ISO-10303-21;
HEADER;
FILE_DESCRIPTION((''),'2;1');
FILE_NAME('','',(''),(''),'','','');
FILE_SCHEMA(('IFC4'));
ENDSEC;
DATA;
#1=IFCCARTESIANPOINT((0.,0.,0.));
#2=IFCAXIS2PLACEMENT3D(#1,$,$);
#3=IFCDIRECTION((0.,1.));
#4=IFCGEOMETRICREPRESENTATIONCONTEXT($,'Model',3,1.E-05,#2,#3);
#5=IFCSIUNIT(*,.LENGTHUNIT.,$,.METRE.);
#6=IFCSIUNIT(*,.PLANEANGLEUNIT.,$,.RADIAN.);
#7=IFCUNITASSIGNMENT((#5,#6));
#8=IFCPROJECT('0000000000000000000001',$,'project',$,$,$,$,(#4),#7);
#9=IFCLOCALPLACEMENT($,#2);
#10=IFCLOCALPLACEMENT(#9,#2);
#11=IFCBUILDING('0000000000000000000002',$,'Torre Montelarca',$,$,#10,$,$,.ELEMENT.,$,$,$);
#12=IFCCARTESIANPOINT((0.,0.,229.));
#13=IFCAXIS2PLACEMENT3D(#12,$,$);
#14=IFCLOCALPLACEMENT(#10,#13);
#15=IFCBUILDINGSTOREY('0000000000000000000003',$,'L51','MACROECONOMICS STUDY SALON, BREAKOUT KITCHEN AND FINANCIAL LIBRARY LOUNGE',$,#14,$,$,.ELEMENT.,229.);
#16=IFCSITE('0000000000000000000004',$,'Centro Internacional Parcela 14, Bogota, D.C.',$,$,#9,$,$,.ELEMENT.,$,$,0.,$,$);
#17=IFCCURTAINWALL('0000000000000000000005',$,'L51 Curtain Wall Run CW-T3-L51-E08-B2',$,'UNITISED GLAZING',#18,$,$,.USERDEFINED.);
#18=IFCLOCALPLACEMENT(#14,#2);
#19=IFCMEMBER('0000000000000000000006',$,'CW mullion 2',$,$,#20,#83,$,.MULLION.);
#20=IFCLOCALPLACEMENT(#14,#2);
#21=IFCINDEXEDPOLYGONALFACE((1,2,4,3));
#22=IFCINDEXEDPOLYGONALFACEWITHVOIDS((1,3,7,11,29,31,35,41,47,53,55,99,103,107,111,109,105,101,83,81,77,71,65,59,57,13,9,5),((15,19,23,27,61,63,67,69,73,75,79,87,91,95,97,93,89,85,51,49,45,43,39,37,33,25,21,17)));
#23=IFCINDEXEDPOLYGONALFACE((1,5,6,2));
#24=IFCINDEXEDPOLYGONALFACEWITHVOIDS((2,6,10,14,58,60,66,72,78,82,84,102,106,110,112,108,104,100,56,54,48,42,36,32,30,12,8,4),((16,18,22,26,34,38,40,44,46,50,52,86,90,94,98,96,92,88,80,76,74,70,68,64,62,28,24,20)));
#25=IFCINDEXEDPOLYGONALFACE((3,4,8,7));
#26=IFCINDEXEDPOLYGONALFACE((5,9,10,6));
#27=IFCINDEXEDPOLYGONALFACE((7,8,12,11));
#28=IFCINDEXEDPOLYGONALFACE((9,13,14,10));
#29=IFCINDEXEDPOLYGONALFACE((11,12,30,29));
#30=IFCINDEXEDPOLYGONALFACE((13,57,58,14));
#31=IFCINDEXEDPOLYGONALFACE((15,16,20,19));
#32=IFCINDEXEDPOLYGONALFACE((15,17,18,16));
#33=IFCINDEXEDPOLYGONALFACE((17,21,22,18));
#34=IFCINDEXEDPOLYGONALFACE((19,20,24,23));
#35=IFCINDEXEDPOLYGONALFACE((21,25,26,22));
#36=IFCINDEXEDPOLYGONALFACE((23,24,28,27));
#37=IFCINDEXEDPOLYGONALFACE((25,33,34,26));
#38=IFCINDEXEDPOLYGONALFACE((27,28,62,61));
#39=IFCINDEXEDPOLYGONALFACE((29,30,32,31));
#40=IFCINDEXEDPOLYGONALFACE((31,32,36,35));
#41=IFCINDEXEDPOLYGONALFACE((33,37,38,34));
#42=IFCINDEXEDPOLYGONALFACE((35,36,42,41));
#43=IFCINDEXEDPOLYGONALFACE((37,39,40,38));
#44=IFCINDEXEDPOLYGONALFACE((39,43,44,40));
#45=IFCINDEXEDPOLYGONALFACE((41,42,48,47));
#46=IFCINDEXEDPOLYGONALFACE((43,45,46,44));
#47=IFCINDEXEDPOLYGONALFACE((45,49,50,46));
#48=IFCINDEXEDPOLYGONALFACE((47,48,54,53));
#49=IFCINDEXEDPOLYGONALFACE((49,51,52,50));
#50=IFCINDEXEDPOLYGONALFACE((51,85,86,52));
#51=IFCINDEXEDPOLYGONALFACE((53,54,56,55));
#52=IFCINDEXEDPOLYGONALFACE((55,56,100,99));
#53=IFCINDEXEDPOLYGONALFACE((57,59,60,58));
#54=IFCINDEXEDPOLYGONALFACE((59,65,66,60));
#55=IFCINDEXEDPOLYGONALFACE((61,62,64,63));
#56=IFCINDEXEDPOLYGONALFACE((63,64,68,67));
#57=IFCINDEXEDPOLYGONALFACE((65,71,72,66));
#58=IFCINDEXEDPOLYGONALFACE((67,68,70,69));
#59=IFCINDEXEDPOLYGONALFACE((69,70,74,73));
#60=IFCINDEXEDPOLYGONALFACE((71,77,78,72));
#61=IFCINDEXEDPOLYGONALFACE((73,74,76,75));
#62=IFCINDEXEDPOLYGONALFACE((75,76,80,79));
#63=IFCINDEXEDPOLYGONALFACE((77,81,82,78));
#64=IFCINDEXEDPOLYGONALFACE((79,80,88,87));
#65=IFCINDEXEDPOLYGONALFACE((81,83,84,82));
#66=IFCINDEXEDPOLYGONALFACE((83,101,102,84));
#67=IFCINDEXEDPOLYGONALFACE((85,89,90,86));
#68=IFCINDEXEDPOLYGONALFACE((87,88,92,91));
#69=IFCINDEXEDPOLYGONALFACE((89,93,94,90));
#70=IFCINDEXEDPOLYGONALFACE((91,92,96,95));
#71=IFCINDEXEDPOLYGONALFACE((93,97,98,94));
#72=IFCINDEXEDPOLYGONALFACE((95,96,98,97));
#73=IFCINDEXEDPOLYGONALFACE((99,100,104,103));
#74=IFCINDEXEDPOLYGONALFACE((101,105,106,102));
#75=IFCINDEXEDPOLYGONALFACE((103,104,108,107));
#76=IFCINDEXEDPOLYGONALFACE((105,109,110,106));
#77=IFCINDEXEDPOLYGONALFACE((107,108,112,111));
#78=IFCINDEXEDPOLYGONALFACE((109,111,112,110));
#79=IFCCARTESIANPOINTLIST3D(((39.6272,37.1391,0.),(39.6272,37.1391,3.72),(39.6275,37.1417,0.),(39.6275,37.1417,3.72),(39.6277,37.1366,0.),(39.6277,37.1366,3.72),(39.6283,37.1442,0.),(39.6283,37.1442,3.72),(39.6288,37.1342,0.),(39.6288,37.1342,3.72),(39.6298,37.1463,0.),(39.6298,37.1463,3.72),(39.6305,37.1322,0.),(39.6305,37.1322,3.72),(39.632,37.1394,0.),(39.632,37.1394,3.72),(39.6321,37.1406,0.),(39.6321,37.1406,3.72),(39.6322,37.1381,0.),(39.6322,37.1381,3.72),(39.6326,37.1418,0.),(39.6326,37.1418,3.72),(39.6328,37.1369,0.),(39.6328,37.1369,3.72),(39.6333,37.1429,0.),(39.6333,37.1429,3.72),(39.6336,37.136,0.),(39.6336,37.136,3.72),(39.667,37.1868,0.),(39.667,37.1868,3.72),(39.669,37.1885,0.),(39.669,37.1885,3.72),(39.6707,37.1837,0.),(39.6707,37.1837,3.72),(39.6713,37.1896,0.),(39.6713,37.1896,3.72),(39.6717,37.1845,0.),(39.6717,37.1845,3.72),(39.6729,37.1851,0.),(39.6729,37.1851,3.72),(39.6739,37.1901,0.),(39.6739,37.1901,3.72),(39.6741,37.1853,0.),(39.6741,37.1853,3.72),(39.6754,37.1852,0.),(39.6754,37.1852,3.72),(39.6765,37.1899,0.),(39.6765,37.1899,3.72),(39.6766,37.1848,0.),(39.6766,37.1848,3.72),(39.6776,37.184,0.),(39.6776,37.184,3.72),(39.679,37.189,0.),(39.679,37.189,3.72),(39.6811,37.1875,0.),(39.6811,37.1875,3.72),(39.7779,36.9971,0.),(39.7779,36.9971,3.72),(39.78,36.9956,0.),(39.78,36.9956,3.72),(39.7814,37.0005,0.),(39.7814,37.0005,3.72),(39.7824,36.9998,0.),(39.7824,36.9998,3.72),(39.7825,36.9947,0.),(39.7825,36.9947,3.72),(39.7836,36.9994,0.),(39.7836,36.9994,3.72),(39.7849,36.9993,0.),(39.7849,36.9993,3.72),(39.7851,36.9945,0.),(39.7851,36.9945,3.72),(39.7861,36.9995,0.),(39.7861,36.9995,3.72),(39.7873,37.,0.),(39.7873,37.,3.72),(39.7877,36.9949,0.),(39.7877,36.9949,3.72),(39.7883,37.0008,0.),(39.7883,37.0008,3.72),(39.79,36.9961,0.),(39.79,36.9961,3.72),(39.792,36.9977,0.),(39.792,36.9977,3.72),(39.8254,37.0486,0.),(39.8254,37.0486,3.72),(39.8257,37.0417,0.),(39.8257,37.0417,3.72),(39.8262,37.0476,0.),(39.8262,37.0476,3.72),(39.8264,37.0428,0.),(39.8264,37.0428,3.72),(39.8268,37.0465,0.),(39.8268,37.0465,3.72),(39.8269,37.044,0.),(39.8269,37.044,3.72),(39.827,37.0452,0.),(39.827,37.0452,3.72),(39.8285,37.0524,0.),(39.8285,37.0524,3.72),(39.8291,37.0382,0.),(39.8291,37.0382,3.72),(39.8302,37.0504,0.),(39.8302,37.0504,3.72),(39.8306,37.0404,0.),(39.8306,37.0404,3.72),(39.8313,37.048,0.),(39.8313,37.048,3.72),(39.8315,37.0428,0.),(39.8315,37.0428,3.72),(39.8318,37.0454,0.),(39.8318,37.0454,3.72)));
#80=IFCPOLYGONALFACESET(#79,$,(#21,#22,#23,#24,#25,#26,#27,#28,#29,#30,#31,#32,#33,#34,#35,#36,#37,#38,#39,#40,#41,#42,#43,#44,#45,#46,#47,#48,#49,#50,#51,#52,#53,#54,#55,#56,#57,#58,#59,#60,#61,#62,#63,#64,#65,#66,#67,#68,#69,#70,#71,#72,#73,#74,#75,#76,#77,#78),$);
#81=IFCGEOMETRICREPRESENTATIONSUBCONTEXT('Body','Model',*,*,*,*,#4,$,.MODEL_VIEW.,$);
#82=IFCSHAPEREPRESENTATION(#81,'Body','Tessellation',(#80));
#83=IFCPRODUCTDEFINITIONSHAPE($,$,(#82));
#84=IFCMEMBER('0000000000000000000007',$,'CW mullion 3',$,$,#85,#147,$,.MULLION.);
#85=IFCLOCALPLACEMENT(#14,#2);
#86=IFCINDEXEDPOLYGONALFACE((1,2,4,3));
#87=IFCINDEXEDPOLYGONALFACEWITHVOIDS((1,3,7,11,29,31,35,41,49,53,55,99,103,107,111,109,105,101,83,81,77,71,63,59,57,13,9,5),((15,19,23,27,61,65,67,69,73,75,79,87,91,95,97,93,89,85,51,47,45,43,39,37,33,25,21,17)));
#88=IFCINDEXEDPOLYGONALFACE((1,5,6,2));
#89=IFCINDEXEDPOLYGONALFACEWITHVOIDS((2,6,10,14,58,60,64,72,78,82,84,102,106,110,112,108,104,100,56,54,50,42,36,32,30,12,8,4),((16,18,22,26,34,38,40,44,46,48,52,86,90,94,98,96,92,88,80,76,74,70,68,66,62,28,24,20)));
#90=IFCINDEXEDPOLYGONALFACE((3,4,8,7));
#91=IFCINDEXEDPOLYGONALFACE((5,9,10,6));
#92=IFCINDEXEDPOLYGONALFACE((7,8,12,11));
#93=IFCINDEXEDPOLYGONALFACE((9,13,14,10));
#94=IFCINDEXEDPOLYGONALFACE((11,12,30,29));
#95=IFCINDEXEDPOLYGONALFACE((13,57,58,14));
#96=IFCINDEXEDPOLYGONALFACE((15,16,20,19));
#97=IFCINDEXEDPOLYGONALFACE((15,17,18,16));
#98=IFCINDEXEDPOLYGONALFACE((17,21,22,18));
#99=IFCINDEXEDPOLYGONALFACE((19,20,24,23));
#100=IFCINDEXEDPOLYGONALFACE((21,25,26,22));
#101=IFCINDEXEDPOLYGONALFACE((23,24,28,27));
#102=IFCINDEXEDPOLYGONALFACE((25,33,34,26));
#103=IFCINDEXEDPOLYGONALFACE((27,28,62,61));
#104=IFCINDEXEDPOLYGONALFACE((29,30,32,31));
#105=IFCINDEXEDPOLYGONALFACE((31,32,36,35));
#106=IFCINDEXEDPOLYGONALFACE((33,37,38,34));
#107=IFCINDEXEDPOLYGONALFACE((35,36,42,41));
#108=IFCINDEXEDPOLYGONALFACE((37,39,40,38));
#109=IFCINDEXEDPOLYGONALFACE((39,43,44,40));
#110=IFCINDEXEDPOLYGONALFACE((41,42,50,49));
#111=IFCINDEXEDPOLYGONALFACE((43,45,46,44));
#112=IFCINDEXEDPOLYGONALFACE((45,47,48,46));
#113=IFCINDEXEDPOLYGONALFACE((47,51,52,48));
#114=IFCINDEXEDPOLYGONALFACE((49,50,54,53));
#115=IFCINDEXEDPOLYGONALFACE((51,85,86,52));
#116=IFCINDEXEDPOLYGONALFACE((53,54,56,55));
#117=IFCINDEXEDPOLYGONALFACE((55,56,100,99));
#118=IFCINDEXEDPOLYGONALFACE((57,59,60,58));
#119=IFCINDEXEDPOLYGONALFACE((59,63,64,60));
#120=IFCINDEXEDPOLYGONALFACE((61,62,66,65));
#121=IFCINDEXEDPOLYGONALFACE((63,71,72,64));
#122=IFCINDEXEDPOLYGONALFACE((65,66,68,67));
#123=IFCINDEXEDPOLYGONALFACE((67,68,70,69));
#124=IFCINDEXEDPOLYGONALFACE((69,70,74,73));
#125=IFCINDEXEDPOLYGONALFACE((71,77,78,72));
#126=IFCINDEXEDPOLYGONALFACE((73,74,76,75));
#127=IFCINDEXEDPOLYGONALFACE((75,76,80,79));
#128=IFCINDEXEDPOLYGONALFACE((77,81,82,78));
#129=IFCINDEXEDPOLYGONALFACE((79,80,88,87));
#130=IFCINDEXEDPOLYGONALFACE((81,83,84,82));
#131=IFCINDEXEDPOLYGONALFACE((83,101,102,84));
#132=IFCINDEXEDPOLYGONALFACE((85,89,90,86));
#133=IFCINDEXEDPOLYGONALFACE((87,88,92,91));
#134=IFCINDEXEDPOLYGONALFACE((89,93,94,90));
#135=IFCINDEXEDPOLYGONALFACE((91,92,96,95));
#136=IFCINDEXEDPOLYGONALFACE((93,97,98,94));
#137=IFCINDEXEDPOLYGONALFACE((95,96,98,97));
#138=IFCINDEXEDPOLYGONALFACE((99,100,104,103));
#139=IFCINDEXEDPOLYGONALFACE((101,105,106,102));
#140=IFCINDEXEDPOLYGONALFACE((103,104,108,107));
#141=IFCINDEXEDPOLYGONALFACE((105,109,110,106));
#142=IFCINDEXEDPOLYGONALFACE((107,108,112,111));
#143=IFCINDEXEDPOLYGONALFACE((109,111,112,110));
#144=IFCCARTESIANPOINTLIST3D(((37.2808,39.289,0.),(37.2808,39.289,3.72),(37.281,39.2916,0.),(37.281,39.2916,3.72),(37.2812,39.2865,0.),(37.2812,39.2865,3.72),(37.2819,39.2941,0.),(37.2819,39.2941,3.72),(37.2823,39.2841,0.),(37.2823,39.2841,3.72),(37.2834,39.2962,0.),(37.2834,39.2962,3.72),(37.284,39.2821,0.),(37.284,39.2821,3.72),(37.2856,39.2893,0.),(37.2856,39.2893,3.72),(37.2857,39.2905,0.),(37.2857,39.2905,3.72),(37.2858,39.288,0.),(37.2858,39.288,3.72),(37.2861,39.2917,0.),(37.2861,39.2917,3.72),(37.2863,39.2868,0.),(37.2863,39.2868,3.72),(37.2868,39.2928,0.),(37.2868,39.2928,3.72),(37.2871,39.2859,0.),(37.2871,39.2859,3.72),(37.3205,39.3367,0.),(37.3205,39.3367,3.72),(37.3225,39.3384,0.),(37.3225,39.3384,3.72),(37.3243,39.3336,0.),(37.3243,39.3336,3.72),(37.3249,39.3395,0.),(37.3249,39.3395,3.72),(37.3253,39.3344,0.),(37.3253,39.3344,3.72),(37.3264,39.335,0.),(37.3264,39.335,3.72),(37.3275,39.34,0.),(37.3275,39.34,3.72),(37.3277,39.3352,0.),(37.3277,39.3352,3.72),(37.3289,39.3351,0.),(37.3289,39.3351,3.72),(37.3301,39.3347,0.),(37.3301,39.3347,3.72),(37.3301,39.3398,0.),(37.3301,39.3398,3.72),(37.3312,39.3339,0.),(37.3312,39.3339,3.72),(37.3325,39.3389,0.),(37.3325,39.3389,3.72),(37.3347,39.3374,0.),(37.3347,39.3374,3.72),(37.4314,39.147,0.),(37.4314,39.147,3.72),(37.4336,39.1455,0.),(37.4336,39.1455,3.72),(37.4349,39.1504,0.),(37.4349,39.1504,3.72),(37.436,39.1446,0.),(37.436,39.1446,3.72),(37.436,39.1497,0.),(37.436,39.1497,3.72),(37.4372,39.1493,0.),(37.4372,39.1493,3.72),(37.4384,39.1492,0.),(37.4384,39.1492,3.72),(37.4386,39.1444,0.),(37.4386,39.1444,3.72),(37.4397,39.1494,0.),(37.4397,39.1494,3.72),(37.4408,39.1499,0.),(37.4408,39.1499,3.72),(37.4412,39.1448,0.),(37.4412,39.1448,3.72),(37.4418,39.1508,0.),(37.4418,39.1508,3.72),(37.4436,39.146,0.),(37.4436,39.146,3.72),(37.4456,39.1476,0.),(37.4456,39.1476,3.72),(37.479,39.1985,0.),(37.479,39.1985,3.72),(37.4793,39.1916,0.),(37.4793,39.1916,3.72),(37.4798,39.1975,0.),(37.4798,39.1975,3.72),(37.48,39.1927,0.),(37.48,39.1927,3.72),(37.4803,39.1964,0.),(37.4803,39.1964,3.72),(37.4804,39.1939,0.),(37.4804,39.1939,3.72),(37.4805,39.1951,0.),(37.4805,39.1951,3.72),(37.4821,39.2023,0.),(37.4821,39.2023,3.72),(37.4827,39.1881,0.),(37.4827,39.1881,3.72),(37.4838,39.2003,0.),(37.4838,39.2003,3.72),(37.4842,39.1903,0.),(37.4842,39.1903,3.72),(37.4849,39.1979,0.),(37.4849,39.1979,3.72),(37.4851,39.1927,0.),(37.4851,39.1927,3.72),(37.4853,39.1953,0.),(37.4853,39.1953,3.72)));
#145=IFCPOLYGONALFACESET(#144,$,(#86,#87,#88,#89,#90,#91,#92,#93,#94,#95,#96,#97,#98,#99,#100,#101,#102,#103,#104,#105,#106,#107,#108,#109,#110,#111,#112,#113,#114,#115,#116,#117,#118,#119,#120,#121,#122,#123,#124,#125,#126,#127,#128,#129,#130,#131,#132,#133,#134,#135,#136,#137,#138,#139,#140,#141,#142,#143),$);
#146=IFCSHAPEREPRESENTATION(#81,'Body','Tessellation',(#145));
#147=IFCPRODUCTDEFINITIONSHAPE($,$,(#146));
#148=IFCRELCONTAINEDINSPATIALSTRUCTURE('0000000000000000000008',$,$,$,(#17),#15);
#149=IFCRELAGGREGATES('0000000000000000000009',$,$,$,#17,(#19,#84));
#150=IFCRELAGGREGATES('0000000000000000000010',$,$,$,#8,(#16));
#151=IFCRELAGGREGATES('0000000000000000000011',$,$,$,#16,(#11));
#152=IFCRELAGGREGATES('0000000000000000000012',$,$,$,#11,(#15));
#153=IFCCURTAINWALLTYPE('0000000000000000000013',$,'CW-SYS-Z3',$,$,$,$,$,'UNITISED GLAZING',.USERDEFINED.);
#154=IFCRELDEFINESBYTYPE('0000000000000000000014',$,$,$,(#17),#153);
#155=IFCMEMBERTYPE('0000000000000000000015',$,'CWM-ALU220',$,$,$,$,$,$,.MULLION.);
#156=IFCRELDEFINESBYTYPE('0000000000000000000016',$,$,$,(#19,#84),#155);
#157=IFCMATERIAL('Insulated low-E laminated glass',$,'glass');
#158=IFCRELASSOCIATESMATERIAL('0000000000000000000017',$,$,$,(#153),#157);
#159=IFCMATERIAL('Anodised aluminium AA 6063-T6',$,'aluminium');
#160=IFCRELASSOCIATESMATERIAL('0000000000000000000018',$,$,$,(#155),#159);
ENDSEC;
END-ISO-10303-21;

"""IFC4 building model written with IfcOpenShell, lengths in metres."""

from ifc_helpers import new_model, si_unit, direction, frame, origin, origin_2d, place, context, subcontext, project, spatial, hollow_rectangle, extrude, source, transform, mapped, material, material_profile, profile_set, type_object, element, aggregate, save


model = new_model("IFC4")

# Units and contexts
model_context = context("Model", 3, precision=1e-05, world=origin(), true_north=direction((0.0, 1.0)))
body_context = subcontext(model_context, "Body", "Model", "MODEL_VIEW")
ifc_project = project(units=[si_unit("LENGTHUNIT", "METRE"), si_unit("PLANEANGLEUNIT", "RADIAN")], contexts=[model_context])

# Site, building, storey
site_placement = place(None, origin())
site = spatial("IfcSite", under=ifc_project, at=site_placement, Name="Centro Internacional Parcela 14, Bogota, D.C.", CompositionType="ELEMENT", RefElevation=0.0)
building_placement = place(site_placement, origin())
building = spatial("IfcBuilding", under=site, at=building_placement, Name="Torre Montelarca", CompositionType="ELEMENT")
storey_placement = place(building_placement, frame((0.0, 0.0, 229.0)))
storey = spatial("IfcBuildingStorey", under=building, at=storey_placement, Name="L51", Description="MACROECONOMICS STUDY SALON, BREAKOUT KITCHEN AND FINANCIAL LIBRARY LOUNGE", CompositionType="ELEMENT", Elevation=229.0)

# Curtain wall, members
ifc_material_1 = material(Name="Insulated low-E laminated glass", Category="glass")
curtain_wall_type = type_object("IfcCurtainWallType", Name="CW-SYS-Z3", ElementType="UNITISED GLAZING", PredefinedType="USERDEFINED", material=ifc_material_1)
ifc_material_2 = material(Name="Anodised aluminium AA 6063-T6", Category="aluminium")
ifc_material_profile_1 = material_profile(ifc_material_2, hollow_rectangle(XDim=0.075, YDim=0.22, WallThickness=0.0049, InnerFilletRadius=0.0049, OuterFilletRadius=0.01, at=origin_2d()), Name="ALU75X220X5", Category="aluminium")
ifc_profile_set_1 = profile_set([ifc_material_profile_1], Name="Anodised aluminium AA 6063-T6")
member_type_1 = type_object("IfcMemberType", Name="CWM-ALU220", PredefinedType="MULLION", material=ifc_profile_set_1)
shared_shape_1 = source(origin(), body_context, "Body", "SweptSolid", [
    extrude(hollow_rectangle(XDim=0.075, YDim=0.22, WallThickness=0.0049, InnerFilletRadius=0.0049, OuterFilletRadius=0.01, at=origin_2d()), origin(), (0.0, 0.0, 1.0), 3.72),
])
curtain_wall_1_placement = place(storey_placement, origin())
curtain_wall_1 = element("IfcCurtainWall", 1, at=curtain_wall_1_placement, inside=storey, type_object=curtain_wall_type, Name="L51 Curtain Wall Run CW-T3-L51-E08-B2", ObjectType="UNITISED GLAZING", PredefinedType="USERDEFINED")
member_1_placement = place(storey_placement, frame((39.7295, 37.0923, 0.0), z_axis=(0.0, 0.0, 1.0), x_axis=(-0.675595, -0.737273, 0.0)))
member_1 = element("IfcMember", 2, at=member_1_placement, type_object=member_type_1, Name="CW mullion 2", PredefinedType="MULLION", context=body_context, shape_type="MappedRepresentation", body=[
    mapped(shared_shape_1, transform((0.0, 0.0, 0.0), scale=1.0)),
])
member_2_placement = place(storey_placement, frame((37.3831, 39.2422, 0.0), z_axis=(0.0, 0.0, 1.0), x_axis=(-0.675595, -0.737273, 0.0)))
member_2 = element("IfcMember", 3, at=member_2_placement, type_object=member_type_1, Name="CW mullion 3", PredefinedType="MULLION", context=body_context, shape_type="MappedRepresentation", body=[
    mapped(shared_shape_1, transform((0.0, 0.0, 0.0), scale=1.0)),
])

aggregate(curtain_wall_1, [member_1, member_2])

save(model, "model.ifc")
